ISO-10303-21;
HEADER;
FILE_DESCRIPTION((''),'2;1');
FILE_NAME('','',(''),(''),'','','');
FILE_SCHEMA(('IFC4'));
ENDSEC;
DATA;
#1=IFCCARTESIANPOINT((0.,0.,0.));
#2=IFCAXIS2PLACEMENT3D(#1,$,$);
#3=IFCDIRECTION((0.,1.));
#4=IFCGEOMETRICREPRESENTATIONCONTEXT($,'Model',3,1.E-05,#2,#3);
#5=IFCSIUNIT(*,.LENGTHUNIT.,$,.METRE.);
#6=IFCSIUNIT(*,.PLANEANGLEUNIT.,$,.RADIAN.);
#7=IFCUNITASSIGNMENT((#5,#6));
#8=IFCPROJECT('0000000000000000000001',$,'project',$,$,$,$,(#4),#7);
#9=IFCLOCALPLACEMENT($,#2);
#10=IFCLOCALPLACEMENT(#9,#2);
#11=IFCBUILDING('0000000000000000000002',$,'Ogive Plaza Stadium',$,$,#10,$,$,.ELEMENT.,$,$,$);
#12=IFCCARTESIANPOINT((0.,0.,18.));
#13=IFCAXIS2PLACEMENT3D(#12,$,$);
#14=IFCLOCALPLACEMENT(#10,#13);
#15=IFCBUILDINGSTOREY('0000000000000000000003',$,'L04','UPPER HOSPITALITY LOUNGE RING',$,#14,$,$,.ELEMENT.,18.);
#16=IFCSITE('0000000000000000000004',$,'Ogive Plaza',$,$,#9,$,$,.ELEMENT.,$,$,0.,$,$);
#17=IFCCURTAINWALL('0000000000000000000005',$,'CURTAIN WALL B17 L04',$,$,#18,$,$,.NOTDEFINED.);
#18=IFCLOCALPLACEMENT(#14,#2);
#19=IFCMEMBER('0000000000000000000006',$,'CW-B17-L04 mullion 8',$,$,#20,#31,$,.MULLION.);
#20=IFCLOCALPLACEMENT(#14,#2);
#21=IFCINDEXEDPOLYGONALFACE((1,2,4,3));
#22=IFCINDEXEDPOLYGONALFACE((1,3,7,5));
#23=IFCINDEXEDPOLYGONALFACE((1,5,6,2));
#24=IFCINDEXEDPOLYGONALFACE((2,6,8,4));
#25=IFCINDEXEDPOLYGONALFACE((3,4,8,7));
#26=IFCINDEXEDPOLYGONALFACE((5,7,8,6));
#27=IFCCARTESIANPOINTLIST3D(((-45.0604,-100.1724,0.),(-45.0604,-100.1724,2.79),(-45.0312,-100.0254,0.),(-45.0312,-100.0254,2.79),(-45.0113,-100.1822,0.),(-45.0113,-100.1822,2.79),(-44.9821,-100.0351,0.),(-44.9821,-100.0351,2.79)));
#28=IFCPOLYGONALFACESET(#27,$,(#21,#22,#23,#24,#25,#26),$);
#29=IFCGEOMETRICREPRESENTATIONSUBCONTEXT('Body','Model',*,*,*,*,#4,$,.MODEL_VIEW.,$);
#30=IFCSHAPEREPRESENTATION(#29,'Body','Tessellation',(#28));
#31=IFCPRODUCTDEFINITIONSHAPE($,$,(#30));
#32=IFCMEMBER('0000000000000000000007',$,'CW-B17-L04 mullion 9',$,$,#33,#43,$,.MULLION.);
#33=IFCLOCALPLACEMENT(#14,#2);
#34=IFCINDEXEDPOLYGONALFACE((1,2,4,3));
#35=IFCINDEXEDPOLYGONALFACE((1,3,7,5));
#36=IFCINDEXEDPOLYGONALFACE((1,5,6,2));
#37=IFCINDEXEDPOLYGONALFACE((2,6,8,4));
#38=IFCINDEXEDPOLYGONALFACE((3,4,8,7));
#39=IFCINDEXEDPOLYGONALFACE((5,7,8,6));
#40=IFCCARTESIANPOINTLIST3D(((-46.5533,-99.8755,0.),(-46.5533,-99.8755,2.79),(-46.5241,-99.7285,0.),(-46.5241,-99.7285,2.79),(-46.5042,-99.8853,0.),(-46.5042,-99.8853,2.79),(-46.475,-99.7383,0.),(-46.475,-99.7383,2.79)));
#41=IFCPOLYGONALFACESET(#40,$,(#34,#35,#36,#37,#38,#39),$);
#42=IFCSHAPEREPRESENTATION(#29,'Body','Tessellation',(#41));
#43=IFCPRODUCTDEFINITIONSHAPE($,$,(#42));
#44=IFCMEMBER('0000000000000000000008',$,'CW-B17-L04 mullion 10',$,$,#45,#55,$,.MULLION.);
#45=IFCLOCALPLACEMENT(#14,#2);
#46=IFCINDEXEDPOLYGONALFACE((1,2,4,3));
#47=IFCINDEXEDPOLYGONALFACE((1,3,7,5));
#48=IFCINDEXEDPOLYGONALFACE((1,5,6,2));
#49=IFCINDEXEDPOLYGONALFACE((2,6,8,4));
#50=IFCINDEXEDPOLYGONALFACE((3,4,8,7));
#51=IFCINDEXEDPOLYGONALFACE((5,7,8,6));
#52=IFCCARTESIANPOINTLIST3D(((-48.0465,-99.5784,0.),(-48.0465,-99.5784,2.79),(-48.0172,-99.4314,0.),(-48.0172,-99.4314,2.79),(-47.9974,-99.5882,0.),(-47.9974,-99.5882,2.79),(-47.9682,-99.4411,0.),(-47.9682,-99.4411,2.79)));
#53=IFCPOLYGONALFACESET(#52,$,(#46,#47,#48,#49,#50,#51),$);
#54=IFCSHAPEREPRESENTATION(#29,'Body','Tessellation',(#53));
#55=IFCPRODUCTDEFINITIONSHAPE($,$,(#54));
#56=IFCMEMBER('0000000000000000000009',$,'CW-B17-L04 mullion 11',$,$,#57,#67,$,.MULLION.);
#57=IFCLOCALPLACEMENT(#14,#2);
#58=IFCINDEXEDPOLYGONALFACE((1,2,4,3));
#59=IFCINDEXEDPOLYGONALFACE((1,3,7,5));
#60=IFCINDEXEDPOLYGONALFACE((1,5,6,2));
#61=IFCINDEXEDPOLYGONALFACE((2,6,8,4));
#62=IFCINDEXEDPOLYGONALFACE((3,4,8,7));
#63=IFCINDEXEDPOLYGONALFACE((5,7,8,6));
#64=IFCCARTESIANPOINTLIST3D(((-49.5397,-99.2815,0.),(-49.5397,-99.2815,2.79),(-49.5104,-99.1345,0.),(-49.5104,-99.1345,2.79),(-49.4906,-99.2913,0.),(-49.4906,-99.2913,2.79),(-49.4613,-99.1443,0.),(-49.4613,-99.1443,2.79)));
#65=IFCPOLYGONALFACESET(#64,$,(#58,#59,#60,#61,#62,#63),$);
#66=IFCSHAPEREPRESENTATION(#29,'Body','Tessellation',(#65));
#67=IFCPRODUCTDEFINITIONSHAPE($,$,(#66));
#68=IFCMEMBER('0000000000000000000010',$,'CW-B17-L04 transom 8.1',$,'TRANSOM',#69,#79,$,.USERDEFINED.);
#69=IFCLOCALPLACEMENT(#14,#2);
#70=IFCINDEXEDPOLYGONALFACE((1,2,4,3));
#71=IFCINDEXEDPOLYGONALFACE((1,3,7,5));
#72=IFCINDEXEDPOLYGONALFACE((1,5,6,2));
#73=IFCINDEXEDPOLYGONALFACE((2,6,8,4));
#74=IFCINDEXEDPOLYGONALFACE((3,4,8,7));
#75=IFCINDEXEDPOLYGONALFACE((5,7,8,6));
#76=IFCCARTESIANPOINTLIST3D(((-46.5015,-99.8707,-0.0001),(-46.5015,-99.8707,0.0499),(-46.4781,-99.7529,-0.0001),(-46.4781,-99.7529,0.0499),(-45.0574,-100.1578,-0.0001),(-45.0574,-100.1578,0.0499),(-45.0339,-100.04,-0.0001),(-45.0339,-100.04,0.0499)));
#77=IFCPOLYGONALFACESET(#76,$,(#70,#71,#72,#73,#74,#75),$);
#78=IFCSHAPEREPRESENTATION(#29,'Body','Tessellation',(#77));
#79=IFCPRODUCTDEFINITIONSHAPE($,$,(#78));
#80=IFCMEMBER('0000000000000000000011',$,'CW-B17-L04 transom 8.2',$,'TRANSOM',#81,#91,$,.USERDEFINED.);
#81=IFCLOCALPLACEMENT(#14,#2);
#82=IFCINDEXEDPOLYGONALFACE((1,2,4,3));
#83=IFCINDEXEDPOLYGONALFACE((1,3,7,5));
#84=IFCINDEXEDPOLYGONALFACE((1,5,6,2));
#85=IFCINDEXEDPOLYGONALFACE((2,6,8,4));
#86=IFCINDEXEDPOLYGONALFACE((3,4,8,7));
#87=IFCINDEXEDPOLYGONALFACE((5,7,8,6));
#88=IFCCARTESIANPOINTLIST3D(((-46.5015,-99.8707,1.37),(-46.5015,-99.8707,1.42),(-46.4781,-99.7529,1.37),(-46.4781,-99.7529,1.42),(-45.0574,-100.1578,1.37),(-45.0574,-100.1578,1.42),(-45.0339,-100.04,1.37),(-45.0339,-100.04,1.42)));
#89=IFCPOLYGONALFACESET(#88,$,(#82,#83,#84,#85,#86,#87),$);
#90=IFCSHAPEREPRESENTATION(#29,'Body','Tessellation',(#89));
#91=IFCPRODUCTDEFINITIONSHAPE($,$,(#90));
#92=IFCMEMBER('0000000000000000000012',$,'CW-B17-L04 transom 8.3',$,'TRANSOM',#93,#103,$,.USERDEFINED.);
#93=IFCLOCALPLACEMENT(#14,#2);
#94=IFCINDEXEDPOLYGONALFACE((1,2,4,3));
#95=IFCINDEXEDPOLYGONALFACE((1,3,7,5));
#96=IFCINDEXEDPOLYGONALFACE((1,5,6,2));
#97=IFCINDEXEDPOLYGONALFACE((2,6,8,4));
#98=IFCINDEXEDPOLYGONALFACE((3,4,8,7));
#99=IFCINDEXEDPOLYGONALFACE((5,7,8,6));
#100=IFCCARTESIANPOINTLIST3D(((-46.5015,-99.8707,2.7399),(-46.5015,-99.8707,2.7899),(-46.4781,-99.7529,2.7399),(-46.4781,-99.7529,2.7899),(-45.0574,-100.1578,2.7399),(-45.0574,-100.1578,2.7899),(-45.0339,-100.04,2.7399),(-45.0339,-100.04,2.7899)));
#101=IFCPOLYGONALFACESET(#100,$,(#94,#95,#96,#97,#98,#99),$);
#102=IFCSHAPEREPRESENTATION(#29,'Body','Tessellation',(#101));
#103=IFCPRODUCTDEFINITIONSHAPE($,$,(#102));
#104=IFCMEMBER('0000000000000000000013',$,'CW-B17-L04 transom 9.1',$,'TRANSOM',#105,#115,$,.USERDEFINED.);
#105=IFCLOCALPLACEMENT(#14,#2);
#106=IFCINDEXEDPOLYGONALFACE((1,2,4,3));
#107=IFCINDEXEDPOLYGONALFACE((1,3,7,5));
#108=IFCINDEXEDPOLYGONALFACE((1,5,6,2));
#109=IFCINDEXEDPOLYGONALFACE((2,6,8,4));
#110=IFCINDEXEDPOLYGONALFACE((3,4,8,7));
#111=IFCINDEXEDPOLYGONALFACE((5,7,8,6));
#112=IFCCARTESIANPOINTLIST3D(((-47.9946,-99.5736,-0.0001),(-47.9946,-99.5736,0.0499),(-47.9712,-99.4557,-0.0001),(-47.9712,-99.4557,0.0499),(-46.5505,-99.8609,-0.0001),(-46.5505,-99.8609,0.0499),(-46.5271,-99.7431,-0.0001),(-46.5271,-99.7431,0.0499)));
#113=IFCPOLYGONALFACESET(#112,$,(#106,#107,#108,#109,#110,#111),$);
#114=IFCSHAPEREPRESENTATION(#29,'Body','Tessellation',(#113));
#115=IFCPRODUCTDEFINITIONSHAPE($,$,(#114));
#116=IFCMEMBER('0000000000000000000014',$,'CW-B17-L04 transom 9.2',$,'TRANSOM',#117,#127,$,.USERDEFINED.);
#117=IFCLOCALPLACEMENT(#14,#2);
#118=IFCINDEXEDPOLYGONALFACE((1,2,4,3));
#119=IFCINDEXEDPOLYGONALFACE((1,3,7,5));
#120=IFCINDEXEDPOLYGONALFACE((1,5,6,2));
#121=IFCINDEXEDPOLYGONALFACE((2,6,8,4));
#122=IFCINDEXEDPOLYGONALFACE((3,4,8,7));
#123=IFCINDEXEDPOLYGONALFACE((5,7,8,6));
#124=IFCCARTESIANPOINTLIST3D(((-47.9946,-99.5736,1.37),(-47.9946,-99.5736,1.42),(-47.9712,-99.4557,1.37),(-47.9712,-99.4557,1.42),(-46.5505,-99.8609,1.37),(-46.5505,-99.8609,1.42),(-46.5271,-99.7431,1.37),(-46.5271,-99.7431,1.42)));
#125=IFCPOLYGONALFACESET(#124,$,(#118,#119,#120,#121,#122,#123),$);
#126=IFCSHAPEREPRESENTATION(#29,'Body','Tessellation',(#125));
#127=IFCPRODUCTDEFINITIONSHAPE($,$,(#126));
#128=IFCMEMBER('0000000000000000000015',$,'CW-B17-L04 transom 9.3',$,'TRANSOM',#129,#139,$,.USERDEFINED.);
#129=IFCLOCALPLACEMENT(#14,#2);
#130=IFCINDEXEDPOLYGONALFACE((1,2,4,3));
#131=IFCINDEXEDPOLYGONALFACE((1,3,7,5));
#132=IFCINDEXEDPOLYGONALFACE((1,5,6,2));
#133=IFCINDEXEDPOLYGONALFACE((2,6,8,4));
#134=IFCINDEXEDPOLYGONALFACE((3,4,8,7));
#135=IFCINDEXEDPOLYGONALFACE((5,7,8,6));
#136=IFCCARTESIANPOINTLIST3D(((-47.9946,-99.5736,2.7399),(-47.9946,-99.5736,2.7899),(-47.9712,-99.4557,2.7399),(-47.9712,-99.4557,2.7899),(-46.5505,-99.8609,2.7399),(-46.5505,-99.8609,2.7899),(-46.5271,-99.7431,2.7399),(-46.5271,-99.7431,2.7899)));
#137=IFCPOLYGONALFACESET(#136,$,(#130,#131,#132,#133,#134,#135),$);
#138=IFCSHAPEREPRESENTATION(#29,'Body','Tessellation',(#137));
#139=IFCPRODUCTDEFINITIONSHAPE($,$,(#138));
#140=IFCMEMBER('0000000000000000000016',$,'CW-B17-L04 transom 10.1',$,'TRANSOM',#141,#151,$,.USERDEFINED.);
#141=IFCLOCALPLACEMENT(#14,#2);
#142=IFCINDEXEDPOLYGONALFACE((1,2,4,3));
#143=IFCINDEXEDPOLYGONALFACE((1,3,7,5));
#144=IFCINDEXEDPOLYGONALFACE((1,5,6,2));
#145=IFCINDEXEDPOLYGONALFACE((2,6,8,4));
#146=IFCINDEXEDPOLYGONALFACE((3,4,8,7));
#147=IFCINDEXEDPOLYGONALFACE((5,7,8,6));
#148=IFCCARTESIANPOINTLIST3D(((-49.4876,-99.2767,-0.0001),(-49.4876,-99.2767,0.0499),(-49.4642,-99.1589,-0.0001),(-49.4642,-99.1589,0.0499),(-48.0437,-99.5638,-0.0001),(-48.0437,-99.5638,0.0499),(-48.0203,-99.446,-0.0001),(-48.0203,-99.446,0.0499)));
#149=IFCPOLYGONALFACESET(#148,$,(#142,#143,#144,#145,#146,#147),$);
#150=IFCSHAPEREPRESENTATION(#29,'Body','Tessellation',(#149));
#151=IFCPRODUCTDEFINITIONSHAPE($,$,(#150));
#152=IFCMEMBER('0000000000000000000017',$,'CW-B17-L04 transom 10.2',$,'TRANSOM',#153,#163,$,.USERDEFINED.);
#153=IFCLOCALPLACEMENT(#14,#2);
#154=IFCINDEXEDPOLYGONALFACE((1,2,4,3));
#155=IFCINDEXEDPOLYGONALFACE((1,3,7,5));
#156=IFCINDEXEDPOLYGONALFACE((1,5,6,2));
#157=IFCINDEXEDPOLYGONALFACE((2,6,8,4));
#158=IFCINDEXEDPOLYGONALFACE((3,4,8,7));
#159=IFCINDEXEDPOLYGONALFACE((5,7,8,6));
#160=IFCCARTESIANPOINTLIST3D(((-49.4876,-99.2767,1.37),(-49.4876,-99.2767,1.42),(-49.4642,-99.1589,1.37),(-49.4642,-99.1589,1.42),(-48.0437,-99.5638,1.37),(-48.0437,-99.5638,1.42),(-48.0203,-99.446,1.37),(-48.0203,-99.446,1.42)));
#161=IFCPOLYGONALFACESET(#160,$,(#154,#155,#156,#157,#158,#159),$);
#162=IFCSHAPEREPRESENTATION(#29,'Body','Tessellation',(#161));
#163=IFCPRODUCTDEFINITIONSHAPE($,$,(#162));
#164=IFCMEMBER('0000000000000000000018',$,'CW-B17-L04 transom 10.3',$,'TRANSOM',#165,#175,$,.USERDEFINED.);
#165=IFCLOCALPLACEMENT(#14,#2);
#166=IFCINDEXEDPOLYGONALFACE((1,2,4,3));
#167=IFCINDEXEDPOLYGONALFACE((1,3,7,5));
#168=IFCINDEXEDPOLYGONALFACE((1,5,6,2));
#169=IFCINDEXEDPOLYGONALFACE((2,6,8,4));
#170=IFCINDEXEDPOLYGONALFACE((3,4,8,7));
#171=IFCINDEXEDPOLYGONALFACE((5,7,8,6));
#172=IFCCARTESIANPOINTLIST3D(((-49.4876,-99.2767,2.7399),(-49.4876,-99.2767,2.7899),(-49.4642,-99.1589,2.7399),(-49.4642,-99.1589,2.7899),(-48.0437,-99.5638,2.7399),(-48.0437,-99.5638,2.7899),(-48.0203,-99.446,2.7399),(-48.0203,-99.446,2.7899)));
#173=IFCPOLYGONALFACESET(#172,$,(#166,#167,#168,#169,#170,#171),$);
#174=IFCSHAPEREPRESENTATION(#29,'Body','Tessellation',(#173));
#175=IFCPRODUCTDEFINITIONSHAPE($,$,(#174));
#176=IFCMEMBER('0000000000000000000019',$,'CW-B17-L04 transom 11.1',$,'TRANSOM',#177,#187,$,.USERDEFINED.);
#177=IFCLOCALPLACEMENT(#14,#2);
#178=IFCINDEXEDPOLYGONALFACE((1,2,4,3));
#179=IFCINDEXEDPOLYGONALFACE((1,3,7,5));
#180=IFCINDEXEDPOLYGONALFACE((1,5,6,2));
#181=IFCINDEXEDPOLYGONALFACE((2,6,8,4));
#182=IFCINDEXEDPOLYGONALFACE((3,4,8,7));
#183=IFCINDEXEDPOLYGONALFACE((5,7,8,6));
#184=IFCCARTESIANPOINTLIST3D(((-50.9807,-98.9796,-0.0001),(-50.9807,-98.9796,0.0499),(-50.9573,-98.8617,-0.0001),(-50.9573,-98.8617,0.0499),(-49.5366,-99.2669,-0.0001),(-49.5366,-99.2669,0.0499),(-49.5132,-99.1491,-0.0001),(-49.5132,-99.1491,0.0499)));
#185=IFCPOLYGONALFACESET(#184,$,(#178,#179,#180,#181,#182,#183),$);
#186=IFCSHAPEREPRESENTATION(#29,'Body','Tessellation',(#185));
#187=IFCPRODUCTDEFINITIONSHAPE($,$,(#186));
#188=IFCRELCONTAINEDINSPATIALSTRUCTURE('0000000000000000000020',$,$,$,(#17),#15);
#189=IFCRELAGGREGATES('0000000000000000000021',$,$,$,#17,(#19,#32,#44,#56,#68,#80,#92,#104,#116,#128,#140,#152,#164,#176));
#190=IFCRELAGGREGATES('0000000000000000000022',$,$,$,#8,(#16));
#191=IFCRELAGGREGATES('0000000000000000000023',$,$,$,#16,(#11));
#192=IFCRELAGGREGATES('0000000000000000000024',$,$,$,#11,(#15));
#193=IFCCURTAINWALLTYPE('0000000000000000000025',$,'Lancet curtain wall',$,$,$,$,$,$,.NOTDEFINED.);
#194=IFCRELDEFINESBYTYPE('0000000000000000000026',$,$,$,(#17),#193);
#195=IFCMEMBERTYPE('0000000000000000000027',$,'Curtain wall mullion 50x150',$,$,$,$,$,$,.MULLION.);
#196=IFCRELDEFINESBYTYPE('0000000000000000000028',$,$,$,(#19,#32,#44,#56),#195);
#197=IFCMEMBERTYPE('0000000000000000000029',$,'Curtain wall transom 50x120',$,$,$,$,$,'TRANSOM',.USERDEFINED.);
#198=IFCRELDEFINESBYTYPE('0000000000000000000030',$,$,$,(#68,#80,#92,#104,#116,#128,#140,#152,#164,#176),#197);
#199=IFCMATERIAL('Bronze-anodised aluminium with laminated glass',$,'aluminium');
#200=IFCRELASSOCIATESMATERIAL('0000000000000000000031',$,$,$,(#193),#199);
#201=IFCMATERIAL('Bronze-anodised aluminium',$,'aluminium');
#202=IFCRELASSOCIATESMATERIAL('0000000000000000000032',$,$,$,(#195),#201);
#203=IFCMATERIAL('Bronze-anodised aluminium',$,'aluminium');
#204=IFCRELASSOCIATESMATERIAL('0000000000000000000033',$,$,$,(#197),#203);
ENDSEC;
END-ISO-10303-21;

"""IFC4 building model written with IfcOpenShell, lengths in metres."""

from ifc_helpers import new_model, si_unit, direction, frame, origin, origin_2d, place, context, subcontext, project, spatial, rectangle, extrude, material, material_profile, profile_set, type_object, element, aggregate, save


model = new_model("IFC4")

# Units and contexts
model_context = context("Model", 3, precision=1e-05, world=origin(), true_north=direction((0.0, 1.0)))
body_context = subcontext(model_context, "Body", "Model", "MODEL_VIEW")
ifc_project = project(units=[si_unit("LENGTHUNIT", "METRE"), si_unit("PLANEANGLEUNIT", "RADIAN")], contexts=[model_context])

# Site, building, storey
site_placement = place(None, origin())
site = spatial("IfcSite", under=ifc_project, at=site_placement, Name="Ogive Plaza", CompositionType="ELEMENT", RefElevation=0.0)
building_placement = place(site_placement, origin())
building = spatial("IfcBuilding", under=site, at=building_placement, Name="Ogive Plaza Stadium", CompositionType="ELEMENT")
storey_placement = place(building_placement, frame((0.0, 0.0, 18.0)))
storey = spatial("IfcBuildingStorey", under=building, at=storey_placement, Name="L04", Description="UPPER HOSPITALITY LOUNGE RING", CompositionType="ELEMENT", Elevation=18.0)

# Curtain wall, members
ifc_material_1 = material(Name="Bronze-anodised aluminium with laminated glass", Category="aluminium")
curtain_wall_type = type_object("IfcCurtainWallType", Name="Lancet curtain wall", PredefinedType="NOTDEFINED", material=ifc_material_1)
curtain_wall_placement = place(storey_placement, origin())
curtain_wall = element("IfcCurtainWall", 1, at=curtain_wall_placement, inside=storey, type_object=curtain_wall_type, Name="CURTAIN WALL B17 L04", PredefinedType="NOTDEFINED")
ifc_material_2 = material(Name="Bronze-anodised aluminium", Category="aluminium")
ifc_material_profile_1 = material_profile(ifc_material_2, rectangle(XDim=0.1499, YDim=0.05, at=origin_2d()), Name="AL 150x50")
ifc_profile_set_1 = profile_set([ifc_material_profile_1], Name="Bronze-anodised aluminium")
member_type_1 = type_object("IfcMemberType", Name="Curtain wall mullion 50x150", PredefinedType="MULLION", material=ifc_profile_set_1)
member_1_placement = place(storey_placement, frame((-45.0212, -100.1038, 0.0), z_axis=(0.0, 0.0, 1.0), x_axis=(-0.19509, -0.980785, 0.0)))
member_1 = element("IfcMember", 2, at=member_1_placement, type_object=member_type_1, Name="CW-B17-L04 mullion 8", PredefinedType="MULLION", context=body_context, shape_type="SweptSolid", body=[
    extrude(rectangle(XDim=0.1499, YDim=0.05, at=origin_2d()), origin(), (0.0, 0.0, 1.0), 2.79),
])
member_2_placement = place(storey_placement, frame((-46.5142, -99.8069, 0.0), z_axis=(0.0, 0.0, 1.0), x_axis=(-0.19509, -0.980785, 0.0)))
member_2 = element("IfcMember", 3, at=member_2_placement, type_object=member_type_1, Name="CW-B17-L04 mullion 9", PredefinedType="MULLION", context=body_context, shape_type="SweptSolid", body=[
    extrude(rectangle(XDim=0.1499, YDim=0.05, at=origin_2d()), origin(), (0.0, 0.0, 1.0), 2.79),
])
member_3_placement = place(storey_placement, frame((-48.0073, -99.5098, 0.0), z_axis=(0.0, 0.0, 1.0), x_axis=(-0.19509, -0.980785, 0.0)))
member_3 = element("IfcMember", 4, at=member_3_placement, type_object=member_type_1, Name="CW-B17-L04 mullion 10", PredefinedType="MULLION", context=body_context, shape_type="SweptSolid", body=[
    extrude(rectangle(XDim=0.1499, YDim=0.05, at=origin_2d()), origin(), (0.0, 0.0, 1.0), 2.79),
])
member_4_placement = place(storey_placement, frame((-49.5005, -99.2129, 0.0), z_axis=(0.0, 0.0, 1.0), x_axis=(-0.19509, -0.980785, 0.0)))
member_4 = element("IfcMember", 5, at=member_4_placement, type_object=member_type_1, Name="CW-B17-L04 mullion 11", PredefinedType="MULLION", context=body_context, shape_type="SweptSolid", body=[
    extrude(rectangle(XDim=0.1499, YDim=0.05, at=origin_2d()), origin(), (0.0, 0.0, 1.0), 2.79),
])
ifc_material_3 = material(Name="Bronze-anodised aluminium", Category="aluminium")
ifc_material_profile_2 = material_profile(ifc_material_3, rectangle(XDim=0.1201, YDim=0.05, at=origin_2d()), Name="AL 120x50")
ifc_profile_set_2 = profile_set([ifc_material_profile_2], Name="Bronze-anodised aluminium")
member_type_2 = type_object("IfcMemberType", Name="Curtain wall transom 50x120", ElementType="TRANSOM", PredefinedType="USERDEFINED", material=ifc_profile_set_2)
member_5_placement = place(storey_placement, frame((-45.0457, -100.0989, 0.0249), z_axis=(-0.980803, 0.195, 0.0), x_axis=(-0.195, -0.980803, 0.0)))
member_5 = element("IfcMember", 6, at=member_5_placement, type_object=member_type_2, Name="CW-B17-L04 transom 8.1", ObjectType="TRANSOM", PredefinedType="USERDEFINED", context=body_context, shape_type="SweptSolid", body=[
    extrude(rectangle(XDim=0.1201, YDim=0.05, at=origin_2d()), origin(), (0.0, 0.0, 1.0), 1.4724),
])
member_6_placement = place(storey_placement, frame((-45.0457, -100.0989, 1.395), z_axis=(-0.980803, 0.195, 0.0), x_axis=(-0.195, -0.980803, 0.0)))
member_6 = element("IfcMember", 7, at=member_6_placement, type_object=member_type_2, Name="CW-B17-L04 transom 8.2", ObjectType="TRANSOM", PredefinedType="USERDEFINED", context=body_context, shape_type="SweptSolid", body=[
    extrude(rectangle(XDim=0.1201, YDim=0.05, at=origin_2d()), origin(), (0.0, 0.0, 1.0), 1.4724),
])
member_7_placement = place(storey_placement, frame((-45.0457, -100.0989, 2.7649), z_axis=(-0.980803, 0.195, 0.0), x_axis=(-0.195, -0.980803, 0.0)))
member_7 = element("IfcMember", 8, at=member_7_placement, type_object=member_type_2, Name="CW-B17-L04 transom 8.3", ObjectType="TRANSOM", PredefinedType="USERDEFINED", context=body_context, shape_type="SweptSolid", body=[
    extrude(rectangle(XDim=0.1201, YDim=0.05, at=origin_2d()), origin(), (0.0, 0.0, 1.0), 1.4724),
])
member_8_placement = place(storey_placement, frame((-46.5388, -99.802, 0.0249), z_axis=(-0.980772, 0.195159, 0.0), x_axis=(-0.195159, -0.980772, 0.0)))
member_8 = element("IfcMember", 9, at=member_8_placement, type_object=member_type_2, Name="CW-B17-L04 transom 9.1", ObjectType="TRANSOM", PredefinedType="USERDEFINED", context=body_context, shape_type="SweptSolid", body=[
    extrude(rectangle(XDim=0.1201, YDim=0.05, at=origin_2d()), origin(), (0.0, 0.0, 1.0), 1.4724),
])
member_9_placement = place(storey_placement, frame((-46.5388, -99.802, 1.395), z_axis=(-0.980772, 0.195159, 0.0), x_axis=(-0.195159, -0.980772, 0.0)))
member_9 = element("IfcMember", 10, at=member_9_placement, type_object=member_type_2, Name="CW-B17-L04 transom 9.2", ObjectType="TRANSOM", PredefinedType="USERDEFINED", context=body_context, shape_type="SweptSolid", body=[
    extrude(rectangle(XDim=0.1201, YDim=0.05, at=origin_2d()), origin(), (0.0, 0.0, 1.0), 1.4724),
])
member_10_placement = place(storey_placement, frame((-46.5388, -99.802, 2.7649), z_axis=(-0.980772, 0.195159, 0.0), x_axis=(-0.195159, -0.980772, 0.0)))
member_10 = element("IfcMember", 11, at=member_10_placement, type_object=member_type_2, Name="CW-B17-L04 transom 9.3", ObjectType="TRANSOM", PredefinedType="USERDEFINED", context=body_context, shape_type="SweptSolid", body=[
    extrude(rectangle(XDim=0.1201, YDim=0.05, at=origin_2d()), origin(), (0.0, 0.0, 1.0), 1.4724),
])
member_11_placement = place(storey_placement, frame((-48.032, -99.5049, 0.0249), z_axis=(-0.980797, 0.195032, 0.0), x_axis=(-0.195032, -0.980797, 0.0)))
member_11 = element("IfcMember", 12, at=member_11_placement, type_object=member_type_2, Name="CW-B17-L04 transom 10.1", ObjectType="TRANSOM", PredefinedType="USERDEFINED", context=body_context, shape_type="SweptSolid", body=[
    extrude(rectangle(XDim=0.1201, YDim=0.05, at=origin_2d()), origin(), (0.0, 0.0, 1.0), 1.4722),
])
member_12_placement = place(storey_placement, frame((-48.032, -99.5049, 1.395), z_axis=(-0.980797, 0.195032, 0.0), x_axis=(-0.195032, -0.980797, 0.0)))
member_12 = element("IfcMember", 13, at=member_12_placement, type_object=member_type_2, Name="CW-B17-L04 transom 10.2", ObjectType="TRANSOM", PredefinedType="USERDEFINED", context=body_context, shape_type="SweptSolid", body=[
    extrude(rectangle(XDim=0.1201, YDim=0.05, at=origin_2d()), origin(), (0.0, 0.0, 1.0), 1.4722),
])
member_13_placement = place(storey_placement, frame((-48.032, -99.5049, 2.7649), z_axis=(-0.980797, 0.195032, 0.0), x_axis=(-0.195032, -0.980797, 0.0)))
member_13 = element("IfcMember", 14, at=member_13_placement, type_object=member_type_2, Name="CW-B17-L04 transom 10.3", ObjectType="TRANSOM", PredefinedType="USERDEFINED", context=body_context, shape_type="SweptSolid", body=[
    extrude(rectangle(XDim=0.1201, YDim=0.05, at=origin_2d()), origin(), (0.0, 0.0, 1.0), 1.4722),
])
member_14_placement = place(storey_placement, frame((-49.5249, -99.208, 0.0249), z_axis=(-0.980772, 0.195159, 0.0), x_axis=(-0.195159, -0.980772, 0.0)))
member_14 = element("IfcMember", 15, at=member_14_placement, type_object=member_type_2, Name="CW-B17-L04 transom 11.1", ObjectType="TRANSOM", PredefinedType="USERDEFINED", context=body_context, shape_type="SweptSolid", body=[
    extrude(rectangle(XDim=0.1201, YDim=0.05, at=origin_2d()), origin(), (0.0, 0.0, 1.0), 1.4724),
])
aggregate(curtain_wall, [member_1, member_2, member_3, member_4, member_5, member_6, member_7, member_8, member_9, member_10, member_11, member_12, member_13, member_14])

save(model, "model.ifc")
